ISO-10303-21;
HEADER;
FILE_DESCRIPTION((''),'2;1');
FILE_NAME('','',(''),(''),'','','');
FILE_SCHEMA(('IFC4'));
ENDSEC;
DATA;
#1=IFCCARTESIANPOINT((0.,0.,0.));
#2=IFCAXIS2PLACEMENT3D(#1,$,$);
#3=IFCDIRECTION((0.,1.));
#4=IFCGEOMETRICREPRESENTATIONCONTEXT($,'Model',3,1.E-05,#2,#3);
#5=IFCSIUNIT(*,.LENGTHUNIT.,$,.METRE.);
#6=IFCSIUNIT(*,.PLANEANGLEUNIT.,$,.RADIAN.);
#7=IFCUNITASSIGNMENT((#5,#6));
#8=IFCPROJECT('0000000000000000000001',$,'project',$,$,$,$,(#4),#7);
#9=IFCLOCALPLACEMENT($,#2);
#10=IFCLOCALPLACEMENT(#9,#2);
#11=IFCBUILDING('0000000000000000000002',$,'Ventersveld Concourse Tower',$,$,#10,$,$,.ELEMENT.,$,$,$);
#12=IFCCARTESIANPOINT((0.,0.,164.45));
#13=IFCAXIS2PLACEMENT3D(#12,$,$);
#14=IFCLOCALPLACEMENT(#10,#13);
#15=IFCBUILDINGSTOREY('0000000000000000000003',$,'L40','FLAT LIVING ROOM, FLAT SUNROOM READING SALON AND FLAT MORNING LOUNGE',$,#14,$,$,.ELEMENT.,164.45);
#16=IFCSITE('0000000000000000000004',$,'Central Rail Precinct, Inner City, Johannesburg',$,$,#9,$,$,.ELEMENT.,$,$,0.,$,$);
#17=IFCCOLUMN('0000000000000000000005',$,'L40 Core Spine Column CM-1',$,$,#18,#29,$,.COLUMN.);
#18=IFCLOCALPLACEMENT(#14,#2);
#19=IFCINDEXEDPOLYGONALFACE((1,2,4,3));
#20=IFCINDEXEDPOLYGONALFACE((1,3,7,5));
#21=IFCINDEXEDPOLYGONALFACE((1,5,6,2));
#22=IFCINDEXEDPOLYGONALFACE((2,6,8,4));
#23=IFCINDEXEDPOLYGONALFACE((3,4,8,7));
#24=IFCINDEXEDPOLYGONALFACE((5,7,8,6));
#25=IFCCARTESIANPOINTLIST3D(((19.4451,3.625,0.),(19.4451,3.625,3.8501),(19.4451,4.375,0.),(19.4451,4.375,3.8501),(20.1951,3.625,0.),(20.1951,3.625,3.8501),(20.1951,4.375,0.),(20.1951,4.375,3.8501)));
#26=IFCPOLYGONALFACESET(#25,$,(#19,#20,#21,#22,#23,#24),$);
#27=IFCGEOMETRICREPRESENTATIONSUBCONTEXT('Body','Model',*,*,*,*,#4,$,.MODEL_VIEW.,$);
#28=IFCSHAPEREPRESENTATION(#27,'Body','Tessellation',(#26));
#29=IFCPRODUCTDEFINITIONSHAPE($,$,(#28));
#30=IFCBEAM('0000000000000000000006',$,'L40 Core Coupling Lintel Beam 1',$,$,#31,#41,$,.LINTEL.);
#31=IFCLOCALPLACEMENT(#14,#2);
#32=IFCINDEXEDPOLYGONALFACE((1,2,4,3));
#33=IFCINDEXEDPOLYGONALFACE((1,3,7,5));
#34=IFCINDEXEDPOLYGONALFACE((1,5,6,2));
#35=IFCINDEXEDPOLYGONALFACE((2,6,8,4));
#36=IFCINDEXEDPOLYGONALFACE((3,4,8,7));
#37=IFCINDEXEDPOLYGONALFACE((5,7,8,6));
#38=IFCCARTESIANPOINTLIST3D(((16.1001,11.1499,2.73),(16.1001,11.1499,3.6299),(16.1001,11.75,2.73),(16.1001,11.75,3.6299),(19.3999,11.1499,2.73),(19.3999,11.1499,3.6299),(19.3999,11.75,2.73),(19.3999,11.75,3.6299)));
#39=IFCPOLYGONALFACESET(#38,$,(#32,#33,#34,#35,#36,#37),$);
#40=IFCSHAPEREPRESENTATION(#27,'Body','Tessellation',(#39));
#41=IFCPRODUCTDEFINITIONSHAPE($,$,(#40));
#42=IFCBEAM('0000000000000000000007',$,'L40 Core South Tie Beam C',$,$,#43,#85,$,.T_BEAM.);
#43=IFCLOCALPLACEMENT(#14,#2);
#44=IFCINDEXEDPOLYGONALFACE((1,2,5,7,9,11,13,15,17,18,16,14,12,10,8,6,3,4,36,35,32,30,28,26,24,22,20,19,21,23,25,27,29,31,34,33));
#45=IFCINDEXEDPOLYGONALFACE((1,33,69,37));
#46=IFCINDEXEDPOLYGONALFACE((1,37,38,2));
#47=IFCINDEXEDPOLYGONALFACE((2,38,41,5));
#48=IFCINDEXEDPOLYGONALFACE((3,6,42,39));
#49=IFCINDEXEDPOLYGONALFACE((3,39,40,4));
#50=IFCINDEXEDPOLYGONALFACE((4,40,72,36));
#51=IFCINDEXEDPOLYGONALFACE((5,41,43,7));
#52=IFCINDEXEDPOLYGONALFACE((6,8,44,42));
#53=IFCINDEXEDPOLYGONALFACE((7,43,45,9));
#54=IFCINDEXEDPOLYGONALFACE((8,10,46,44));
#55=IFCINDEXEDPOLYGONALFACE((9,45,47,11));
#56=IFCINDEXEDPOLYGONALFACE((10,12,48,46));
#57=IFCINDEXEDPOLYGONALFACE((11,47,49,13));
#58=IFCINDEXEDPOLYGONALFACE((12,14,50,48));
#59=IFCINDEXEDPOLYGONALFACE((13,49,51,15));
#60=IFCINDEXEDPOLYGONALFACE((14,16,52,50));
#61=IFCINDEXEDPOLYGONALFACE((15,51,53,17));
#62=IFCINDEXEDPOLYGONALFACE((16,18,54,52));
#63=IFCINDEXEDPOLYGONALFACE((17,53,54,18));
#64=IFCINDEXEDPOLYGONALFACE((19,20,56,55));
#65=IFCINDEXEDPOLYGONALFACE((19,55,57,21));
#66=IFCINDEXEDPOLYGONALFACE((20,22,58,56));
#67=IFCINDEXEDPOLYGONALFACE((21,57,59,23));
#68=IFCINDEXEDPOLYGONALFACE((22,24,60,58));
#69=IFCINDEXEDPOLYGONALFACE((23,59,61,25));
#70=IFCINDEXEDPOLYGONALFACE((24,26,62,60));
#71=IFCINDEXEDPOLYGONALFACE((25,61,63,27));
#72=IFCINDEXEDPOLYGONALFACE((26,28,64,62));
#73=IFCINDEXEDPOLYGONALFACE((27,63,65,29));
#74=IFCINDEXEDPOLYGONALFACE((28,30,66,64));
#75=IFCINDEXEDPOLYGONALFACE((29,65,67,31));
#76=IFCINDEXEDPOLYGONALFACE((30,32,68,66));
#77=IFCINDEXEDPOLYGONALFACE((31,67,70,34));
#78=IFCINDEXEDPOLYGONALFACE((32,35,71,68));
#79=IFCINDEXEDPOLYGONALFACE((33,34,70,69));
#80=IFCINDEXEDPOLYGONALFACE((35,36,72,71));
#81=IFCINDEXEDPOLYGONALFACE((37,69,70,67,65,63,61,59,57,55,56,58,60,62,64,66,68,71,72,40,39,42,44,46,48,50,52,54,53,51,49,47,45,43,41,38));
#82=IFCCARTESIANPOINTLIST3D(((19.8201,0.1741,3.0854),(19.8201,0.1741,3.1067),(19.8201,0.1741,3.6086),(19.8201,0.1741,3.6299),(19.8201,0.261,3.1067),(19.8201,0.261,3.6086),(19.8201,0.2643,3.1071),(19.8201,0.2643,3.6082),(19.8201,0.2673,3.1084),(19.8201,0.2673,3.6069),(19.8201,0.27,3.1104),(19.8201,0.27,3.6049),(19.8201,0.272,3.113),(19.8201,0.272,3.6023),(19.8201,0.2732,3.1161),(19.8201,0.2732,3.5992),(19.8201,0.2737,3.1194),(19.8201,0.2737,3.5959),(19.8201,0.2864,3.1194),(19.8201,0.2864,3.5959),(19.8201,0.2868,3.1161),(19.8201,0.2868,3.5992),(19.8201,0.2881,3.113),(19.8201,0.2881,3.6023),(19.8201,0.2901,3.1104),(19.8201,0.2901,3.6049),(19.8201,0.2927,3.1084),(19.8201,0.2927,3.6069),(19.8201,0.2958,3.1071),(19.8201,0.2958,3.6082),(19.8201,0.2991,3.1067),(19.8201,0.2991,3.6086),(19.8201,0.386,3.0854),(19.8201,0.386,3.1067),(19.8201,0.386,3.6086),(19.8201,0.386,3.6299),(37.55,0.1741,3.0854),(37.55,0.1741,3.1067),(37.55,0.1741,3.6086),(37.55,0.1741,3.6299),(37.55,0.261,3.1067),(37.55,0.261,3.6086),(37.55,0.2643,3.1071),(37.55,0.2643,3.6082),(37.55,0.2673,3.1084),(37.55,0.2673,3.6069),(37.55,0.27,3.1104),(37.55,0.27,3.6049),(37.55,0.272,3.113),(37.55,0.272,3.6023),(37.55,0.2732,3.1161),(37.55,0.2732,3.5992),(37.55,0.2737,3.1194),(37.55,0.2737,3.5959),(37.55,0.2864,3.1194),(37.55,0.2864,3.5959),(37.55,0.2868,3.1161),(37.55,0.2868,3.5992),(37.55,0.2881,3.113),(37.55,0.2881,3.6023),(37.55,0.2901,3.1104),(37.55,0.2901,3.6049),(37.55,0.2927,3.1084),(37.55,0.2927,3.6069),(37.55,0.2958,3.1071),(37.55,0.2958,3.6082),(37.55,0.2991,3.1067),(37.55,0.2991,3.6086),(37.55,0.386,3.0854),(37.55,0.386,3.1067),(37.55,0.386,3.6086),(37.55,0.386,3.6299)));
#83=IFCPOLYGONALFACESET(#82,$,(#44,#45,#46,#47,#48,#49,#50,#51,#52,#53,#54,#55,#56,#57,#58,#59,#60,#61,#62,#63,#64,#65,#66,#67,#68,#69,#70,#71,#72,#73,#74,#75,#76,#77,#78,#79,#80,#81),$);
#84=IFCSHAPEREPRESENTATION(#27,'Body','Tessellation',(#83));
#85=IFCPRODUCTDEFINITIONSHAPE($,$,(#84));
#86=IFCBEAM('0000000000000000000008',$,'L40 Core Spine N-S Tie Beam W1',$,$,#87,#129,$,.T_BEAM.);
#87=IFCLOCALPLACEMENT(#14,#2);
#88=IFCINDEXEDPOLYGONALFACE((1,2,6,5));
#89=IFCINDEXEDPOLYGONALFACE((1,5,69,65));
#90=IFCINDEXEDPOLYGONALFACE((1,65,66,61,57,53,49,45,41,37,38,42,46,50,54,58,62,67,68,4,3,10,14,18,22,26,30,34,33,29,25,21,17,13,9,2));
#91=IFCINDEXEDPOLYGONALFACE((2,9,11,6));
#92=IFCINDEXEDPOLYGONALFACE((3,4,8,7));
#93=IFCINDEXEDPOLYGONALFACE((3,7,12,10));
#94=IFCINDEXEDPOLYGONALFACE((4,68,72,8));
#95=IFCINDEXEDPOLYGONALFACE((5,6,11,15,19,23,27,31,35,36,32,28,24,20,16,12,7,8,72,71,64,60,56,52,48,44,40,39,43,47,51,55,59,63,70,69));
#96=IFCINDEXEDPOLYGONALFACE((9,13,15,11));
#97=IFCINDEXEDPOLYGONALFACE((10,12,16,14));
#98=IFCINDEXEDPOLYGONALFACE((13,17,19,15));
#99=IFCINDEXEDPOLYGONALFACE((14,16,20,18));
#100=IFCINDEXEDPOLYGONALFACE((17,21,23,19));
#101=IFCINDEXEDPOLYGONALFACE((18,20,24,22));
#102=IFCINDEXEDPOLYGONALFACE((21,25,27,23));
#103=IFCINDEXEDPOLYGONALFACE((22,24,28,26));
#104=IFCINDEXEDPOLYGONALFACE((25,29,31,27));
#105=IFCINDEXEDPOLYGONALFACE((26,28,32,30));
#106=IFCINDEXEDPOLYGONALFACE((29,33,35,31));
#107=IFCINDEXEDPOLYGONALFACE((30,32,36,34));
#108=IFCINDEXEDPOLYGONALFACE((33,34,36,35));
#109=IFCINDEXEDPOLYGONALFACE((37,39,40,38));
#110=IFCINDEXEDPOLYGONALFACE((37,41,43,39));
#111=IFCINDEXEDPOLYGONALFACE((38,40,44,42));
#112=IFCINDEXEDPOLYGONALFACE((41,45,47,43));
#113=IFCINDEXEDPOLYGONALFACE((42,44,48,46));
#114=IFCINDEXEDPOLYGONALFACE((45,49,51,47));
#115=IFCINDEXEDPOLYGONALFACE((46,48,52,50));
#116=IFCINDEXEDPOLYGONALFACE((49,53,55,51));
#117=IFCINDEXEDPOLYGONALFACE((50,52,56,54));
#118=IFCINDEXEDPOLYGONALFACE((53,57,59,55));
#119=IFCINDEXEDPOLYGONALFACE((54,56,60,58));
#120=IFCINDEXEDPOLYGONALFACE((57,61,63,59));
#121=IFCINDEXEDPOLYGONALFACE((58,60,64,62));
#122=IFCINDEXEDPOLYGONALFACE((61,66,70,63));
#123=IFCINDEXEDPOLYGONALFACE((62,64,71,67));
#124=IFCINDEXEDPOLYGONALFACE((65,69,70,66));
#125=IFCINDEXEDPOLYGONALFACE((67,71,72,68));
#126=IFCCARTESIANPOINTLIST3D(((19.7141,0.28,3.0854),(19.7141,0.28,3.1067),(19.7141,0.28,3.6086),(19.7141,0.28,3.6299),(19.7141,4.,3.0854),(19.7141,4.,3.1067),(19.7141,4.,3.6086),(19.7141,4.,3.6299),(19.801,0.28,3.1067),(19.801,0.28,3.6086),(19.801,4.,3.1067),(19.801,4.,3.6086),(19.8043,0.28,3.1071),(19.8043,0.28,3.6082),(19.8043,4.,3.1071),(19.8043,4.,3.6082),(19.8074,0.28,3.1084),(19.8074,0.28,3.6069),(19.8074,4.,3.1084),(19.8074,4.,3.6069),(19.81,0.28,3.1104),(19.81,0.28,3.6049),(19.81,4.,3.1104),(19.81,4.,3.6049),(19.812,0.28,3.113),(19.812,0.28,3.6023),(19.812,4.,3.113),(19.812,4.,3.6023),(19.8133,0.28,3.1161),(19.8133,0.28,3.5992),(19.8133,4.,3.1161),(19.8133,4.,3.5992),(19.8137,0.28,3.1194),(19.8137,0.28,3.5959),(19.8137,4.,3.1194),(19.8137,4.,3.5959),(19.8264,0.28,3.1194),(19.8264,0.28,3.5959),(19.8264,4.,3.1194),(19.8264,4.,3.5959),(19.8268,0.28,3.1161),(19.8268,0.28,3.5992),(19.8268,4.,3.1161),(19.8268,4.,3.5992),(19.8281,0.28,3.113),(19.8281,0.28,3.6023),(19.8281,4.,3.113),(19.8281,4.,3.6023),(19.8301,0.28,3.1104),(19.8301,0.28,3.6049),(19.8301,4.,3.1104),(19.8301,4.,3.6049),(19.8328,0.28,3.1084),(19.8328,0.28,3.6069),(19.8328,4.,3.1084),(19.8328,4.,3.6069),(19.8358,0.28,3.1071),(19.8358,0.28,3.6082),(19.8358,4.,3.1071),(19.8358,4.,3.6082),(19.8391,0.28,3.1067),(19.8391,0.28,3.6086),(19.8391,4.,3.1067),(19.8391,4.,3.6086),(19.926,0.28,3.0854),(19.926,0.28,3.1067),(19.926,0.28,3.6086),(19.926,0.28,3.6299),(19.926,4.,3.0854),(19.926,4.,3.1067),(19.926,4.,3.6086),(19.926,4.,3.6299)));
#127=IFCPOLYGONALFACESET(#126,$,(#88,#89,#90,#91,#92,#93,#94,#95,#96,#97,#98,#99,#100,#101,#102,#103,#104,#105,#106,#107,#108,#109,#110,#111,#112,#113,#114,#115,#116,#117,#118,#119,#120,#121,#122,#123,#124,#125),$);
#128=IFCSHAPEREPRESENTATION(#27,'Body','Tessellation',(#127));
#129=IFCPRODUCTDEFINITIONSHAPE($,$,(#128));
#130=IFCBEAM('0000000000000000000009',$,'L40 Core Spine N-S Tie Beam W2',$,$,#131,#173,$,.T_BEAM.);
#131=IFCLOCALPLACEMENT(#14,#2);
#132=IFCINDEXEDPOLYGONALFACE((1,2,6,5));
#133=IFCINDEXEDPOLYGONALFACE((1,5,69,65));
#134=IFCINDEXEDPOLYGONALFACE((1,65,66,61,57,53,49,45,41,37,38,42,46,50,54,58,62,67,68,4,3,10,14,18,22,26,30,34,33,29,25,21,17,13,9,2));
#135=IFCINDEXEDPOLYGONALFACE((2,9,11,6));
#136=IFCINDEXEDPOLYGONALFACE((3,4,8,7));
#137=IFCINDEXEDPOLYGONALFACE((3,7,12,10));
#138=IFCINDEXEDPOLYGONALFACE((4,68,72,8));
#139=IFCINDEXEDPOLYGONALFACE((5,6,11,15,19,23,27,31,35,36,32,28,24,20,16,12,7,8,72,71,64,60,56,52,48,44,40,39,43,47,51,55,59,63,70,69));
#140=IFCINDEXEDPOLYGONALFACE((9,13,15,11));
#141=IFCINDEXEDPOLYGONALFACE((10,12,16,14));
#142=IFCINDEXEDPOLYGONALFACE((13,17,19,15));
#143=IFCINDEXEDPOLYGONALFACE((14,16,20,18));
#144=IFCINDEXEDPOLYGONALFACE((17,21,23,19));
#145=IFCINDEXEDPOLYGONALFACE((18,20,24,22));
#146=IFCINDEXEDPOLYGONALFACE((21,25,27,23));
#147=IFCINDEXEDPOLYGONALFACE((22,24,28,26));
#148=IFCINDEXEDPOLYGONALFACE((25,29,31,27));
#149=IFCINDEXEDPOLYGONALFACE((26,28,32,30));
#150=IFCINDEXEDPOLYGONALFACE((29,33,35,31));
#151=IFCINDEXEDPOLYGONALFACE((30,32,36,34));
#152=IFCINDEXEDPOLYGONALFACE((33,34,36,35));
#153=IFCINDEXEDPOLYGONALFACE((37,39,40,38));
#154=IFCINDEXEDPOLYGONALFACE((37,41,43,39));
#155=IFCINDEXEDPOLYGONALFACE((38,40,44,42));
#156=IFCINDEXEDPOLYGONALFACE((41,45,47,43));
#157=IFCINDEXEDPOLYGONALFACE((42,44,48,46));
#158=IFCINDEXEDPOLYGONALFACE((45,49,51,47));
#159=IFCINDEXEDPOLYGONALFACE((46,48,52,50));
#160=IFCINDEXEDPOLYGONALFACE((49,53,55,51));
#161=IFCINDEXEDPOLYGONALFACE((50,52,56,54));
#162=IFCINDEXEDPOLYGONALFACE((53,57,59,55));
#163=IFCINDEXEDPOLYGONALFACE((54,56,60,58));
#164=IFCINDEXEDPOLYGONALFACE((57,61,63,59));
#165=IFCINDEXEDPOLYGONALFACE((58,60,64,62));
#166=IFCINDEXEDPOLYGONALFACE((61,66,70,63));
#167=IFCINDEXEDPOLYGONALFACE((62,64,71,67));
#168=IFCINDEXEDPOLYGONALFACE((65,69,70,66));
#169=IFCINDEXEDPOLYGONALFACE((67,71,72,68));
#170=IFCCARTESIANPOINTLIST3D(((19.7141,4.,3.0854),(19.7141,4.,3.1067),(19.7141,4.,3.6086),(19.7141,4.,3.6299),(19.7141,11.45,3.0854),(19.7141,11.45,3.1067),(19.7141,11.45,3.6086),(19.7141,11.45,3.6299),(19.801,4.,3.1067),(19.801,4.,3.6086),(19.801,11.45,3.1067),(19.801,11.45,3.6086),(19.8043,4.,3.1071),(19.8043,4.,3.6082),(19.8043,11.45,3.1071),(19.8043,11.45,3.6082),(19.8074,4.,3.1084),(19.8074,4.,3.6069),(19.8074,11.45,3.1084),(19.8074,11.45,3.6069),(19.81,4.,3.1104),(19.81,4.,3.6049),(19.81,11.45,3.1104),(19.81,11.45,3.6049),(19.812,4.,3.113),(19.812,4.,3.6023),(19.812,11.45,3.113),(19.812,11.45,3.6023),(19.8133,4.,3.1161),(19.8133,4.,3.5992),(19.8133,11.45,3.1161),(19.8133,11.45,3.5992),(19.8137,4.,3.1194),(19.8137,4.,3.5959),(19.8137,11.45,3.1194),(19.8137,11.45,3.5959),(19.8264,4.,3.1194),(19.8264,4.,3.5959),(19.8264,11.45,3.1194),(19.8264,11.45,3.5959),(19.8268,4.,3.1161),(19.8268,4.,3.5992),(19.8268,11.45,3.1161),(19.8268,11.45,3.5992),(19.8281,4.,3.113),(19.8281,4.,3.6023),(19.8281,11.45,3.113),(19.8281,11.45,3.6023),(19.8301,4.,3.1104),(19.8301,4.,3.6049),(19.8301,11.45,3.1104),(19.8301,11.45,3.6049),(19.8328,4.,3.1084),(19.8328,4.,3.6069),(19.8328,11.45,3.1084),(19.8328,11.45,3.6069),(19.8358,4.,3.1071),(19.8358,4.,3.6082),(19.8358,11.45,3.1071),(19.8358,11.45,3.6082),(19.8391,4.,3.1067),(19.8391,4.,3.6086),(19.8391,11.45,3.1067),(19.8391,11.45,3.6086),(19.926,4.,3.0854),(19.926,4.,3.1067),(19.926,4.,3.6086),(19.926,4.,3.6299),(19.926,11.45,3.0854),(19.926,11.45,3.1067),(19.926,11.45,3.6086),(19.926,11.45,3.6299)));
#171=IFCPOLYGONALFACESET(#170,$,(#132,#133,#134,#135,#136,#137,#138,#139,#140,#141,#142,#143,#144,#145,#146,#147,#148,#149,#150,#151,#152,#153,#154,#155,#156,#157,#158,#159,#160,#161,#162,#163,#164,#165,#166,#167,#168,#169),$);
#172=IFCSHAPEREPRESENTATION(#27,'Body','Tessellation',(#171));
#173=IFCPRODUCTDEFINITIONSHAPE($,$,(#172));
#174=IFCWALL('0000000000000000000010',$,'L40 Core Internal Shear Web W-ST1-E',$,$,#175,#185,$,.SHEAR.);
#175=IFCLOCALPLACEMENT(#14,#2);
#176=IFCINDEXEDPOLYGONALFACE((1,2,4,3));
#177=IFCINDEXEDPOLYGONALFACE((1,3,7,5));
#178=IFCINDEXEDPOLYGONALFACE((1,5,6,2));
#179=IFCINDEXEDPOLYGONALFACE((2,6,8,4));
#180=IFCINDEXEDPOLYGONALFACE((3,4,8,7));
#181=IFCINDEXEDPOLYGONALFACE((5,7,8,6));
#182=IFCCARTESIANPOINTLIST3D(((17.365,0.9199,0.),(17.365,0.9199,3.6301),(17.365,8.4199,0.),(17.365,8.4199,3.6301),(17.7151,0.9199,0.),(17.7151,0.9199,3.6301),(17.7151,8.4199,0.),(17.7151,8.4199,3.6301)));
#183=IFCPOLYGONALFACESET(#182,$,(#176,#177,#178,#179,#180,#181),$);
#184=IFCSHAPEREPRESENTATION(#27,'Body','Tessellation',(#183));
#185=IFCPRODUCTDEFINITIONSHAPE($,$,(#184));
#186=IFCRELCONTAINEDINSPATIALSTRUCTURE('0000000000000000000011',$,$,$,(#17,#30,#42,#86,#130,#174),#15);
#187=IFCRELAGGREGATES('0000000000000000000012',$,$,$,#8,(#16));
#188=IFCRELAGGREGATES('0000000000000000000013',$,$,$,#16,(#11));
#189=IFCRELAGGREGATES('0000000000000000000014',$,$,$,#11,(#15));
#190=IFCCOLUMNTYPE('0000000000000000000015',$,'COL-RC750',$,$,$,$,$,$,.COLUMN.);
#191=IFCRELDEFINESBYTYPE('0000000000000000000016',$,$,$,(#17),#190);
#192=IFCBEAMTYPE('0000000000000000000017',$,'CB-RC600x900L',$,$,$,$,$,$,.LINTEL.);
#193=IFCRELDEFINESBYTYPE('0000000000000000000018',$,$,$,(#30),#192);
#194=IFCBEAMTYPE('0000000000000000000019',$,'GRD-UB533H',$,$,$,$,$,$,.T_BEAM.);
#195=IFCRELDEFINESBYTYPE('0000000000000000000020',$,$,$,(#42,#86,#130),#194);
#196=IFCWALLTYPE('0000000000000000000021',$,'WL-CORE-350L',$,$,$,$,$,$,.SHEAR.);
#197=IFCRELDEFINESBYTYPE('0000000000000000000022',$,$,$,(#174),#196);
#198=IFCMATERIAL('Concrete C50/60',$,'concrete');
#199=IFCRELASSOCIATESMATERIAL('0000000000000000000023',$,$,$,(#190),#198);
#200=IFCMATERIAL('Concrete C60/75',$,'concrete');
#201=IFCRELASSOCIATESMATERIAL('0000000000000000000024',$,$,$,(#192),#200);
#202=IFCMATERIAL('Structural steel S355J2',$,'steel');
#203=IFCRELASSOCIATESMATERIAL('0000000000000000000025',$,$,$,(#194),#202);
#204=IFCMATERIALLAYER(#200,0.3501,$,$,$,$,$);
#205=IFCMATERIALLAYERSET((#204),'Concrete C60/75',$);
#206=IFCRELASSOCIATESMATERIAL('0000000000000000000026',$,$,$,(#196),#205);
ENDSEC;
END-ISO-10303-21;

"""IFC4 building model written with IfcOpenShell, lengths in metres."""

from ifc_helpers import new_model, si_unit, direction, frame, frame_2d, origin, origin_2d, place, context, subcontext, project, spatial, rectangle, i_section, extrude, material, layer, layer_set, material_profile, profile_set, type_object, element, save


model = new_model("IFC4")

# Units and contexts
model_context = context("Model", 3, precision=1e-05, world=origin(), true_north=direction((0.0, 1.0)))
body_context = subcontext(model_context, "Body", "Model", "MODEL_VIEW")
ifc_project = project(units=[si_unit("LENGTHUNIT", "METRE"), si_unit("PLANEANGLEUNIT", "RADIAN")], contexts=[model_context])

# Site, building, storey
site_placement = place(None, origin())
site = spatial("IfcSite", under=ifc_project, at=site_placement, Name="Central Rail Precinct, Inner City, Johannesburg", CompositionType="ELEMENT", RefElevation=0.0)
building_placement = place(site_placement, origin())
building = spatial("IfcBuilding", under=site, at=building_placement, Name="Ventersveld Concourse Tower", CompositionType="ELEMENT")
storey_placement = place(building_placement, frame((0.0, 0.0, 164.45)))
storey = spatial("IfcBuildingStorey", under=building, at=storey_placement, Name="L40", Description="FLAT LIVING ROOM, FLAT SUNROOM READING SALON AND FLAT MORNING LOUNGE", CompositionType="ELEMENT", Elevation=164.45)

# Column
ifc_material_1 = material(Name="Concrete C50/60", Category="concrete")
ifc_material_profile_1 = material_profile(ifc_material_1, rectangle(XDim=0.75, YDim=0.75, at=origin_2d()), Name="RC 750x750")
ifc_profile_set_1 = profile_set([ifc_material_profile_1], Name="Concrete C50/60")
column_type = type_object("IfcColumnType", Name="COL-RC750", PredefinedType="COLUMN", material=ifc_profile_set_1)
column_placement = place(storey_placement, frame((19.8201, 4.0, 0.0), z_axis=(0.0, 0.0, 1.0), x_axis=(1.0, 0.0, 0.0)))
element("IfcColumn", 1, at=column_placement, inside=storey, type_object=column_type, Name="L40 Core Spine Column CM-1", PredefinedType="COLUMN", context=body_context, shape_type="SweptSolid", body=[
    extrude(rectangle(XDim=0.75, YDim=0.75, at=origin_2d()), origin(), (0.0, 0.0, 1.0), 3.8501),
])

# Beams
ifc_material_2 = material(Name="Concrete C60/75", Category="concrete")
ifc_material_profile_2 = material_profile(ifc_material_2, rectangle(XDim=0.6001, YDim=0.8999, at=origin_2d()), Name="RC 600x900")
ifc_profile_set_2 = profile_set([ifc_material_profile_2], Name="Concrete C60/75")
beam_type_1 = type_object("IfcBeamType", Name="CB-RC600x900L", PredefinedType="LINTEL", material=ifc_profile_set_2)
beam_1_placement = place(storey_placement, frame((16.1001, 11.45, 3.1799), z_axis=(1.0, 0.0, 0.0), x_axis=(0.0, 1.0, 0.0)))
element("IfcBeam", 2, at=beam_1_placement, inside=storey, type_object=beam_type_1, Name="L40 Core Coupling Lintel Beam 1", PredefinedType="LINTEL", context=body_context, shape_type="SweptSolid", body=[
    extrude(rectangle(XDim=0.6001, YDim=0.8999, at=origin_2d()), origin(), (0.0, 0.0, 1.0), 3.2998),
])
ifc_material_3 = material(Name="Structural steel S355J2", Category="steel")
ifc_material_profile_3 = material_profile(ifc_material_3, i_section(OverallWidth=0.2119, OverallDepth=0.5444, WebThickness=0.0127, FlangeThickness=0.0212, FilletRadius=0.0127, at=origin_2d()), Name="UB 533x210x122")
ifc_profile_set_3 = profile_set([ifc_material_profile_3], Name="Structural steel S355J2")
beam_type_2 = type_object("IfcBeamType", Name="GRD-UB533H", PredefinedType="T_BEAM", material=ifc_profile_set_3)
beam_2_placement = place(storey_placement, frame((19.8201, 0.28, 3.3577), z_axis=(1.0, 0.0, 0.0), x_axis=(0.0, 1.0, 0.0)))
element("IfcBeam", 3, at=beam_2_placement, inside=storey, type_object=beam_type_2, Name="L40 Core South Tie Beam C", PredefinedType="T_BEAM", context=body_context, shape_type="SweptSolid", body=[
    extrude(i_section(OverallWidth=0.2119, OverallDepth=0.5444, WebThickness=0.0127, FlangeThickness=0.0212, FilletRadius=0.0127, at=origin_2d()), origin(), (0.0, 0.0, 1.0), 17.73),
])
beam_3_placement = place(storey_placement, frame((19.8201, 0.28, 3.3577), z_axis=(0.0, 1.0, 0.0), x_axis=(-1.0, 0.0, 0.0)))
element("IfcBeam", 4, at=beam_3_placement, inside=storey, type_object=beam_type_2, Name="L40 Core Spine N-S Tie Beam W1", PredefinedType="T_BEAM", context=body_context, shape_type="SweptSolid", body=[
    extrude(i_section(OverallWidth=0.2119, OverallDepth=0.5444, WebThickness=0.0127, FlangeThickness=0.0212, FilletRadius=0.0127, at=origin_2d()), origin(), (0.0, 0.0, 1.0), 3.72),
])
beam_4_placement = place(storey_placement, frame((19.8201, 4.0, 3.3577), z_axis=(0.0, 1.0, 0.0), x_axis=(-1.0, 0.0, 0.0)))
element("IfcBeam", 5, at=beam_4_placement, inside=storey, type_object=beam_type_2, Name="L40 Core Spine N-S Tie Beam W2", PredefinedType="T_BEAM", context=body_context, shape_type="SweptSolid", body=[
    extrude(i_section(OverallWidth=0.2119, OverallDepth=0.5444, WebThickness=0.0127, FlangeThickness=0.0212, FilletRadius=0.0127, at=origin_2d()), origin(), (0.0, 0.0, 1.0), 7.45),
])

# Wall
ifc_layer_1 = layer(ifc_material_2, 0.3501)
ifc_layer_set_1 = layer_set([ifc_layer_1], Name="Concrete C60/75")
wall_type_1 = type_object("IfcWallType", Name="WL-CORE-350L", PredefinedType="SHEAR", material=ifc_layer_set_1)
for number, where, z_axis, x_axis, name in (
    (6, (17.54, 0.9199, 0.0), (0.0, 0.0, 1.0), (0.0, 1.0, 0.0), "L40 Core Internal Shear Web W-ST1-E"),
):
    element("IfcWall", number, at=place(storey_placement, frame(where, z_axis=z_axis, x_axis=x_axis)), inside=storey, type_object=wall_type_1, Name=name, PredefinedType="SHEAR", context=body_context, shape_type="SweptSolid", body=[
        extrude(rectangle(XDim=7.5, YDim=0.3501, at=frame_2d((3.75, 0.0))), origin(), (0.0, 0.0, 1.0), 3.6301),
    ])

save(model, "model.ifc")
